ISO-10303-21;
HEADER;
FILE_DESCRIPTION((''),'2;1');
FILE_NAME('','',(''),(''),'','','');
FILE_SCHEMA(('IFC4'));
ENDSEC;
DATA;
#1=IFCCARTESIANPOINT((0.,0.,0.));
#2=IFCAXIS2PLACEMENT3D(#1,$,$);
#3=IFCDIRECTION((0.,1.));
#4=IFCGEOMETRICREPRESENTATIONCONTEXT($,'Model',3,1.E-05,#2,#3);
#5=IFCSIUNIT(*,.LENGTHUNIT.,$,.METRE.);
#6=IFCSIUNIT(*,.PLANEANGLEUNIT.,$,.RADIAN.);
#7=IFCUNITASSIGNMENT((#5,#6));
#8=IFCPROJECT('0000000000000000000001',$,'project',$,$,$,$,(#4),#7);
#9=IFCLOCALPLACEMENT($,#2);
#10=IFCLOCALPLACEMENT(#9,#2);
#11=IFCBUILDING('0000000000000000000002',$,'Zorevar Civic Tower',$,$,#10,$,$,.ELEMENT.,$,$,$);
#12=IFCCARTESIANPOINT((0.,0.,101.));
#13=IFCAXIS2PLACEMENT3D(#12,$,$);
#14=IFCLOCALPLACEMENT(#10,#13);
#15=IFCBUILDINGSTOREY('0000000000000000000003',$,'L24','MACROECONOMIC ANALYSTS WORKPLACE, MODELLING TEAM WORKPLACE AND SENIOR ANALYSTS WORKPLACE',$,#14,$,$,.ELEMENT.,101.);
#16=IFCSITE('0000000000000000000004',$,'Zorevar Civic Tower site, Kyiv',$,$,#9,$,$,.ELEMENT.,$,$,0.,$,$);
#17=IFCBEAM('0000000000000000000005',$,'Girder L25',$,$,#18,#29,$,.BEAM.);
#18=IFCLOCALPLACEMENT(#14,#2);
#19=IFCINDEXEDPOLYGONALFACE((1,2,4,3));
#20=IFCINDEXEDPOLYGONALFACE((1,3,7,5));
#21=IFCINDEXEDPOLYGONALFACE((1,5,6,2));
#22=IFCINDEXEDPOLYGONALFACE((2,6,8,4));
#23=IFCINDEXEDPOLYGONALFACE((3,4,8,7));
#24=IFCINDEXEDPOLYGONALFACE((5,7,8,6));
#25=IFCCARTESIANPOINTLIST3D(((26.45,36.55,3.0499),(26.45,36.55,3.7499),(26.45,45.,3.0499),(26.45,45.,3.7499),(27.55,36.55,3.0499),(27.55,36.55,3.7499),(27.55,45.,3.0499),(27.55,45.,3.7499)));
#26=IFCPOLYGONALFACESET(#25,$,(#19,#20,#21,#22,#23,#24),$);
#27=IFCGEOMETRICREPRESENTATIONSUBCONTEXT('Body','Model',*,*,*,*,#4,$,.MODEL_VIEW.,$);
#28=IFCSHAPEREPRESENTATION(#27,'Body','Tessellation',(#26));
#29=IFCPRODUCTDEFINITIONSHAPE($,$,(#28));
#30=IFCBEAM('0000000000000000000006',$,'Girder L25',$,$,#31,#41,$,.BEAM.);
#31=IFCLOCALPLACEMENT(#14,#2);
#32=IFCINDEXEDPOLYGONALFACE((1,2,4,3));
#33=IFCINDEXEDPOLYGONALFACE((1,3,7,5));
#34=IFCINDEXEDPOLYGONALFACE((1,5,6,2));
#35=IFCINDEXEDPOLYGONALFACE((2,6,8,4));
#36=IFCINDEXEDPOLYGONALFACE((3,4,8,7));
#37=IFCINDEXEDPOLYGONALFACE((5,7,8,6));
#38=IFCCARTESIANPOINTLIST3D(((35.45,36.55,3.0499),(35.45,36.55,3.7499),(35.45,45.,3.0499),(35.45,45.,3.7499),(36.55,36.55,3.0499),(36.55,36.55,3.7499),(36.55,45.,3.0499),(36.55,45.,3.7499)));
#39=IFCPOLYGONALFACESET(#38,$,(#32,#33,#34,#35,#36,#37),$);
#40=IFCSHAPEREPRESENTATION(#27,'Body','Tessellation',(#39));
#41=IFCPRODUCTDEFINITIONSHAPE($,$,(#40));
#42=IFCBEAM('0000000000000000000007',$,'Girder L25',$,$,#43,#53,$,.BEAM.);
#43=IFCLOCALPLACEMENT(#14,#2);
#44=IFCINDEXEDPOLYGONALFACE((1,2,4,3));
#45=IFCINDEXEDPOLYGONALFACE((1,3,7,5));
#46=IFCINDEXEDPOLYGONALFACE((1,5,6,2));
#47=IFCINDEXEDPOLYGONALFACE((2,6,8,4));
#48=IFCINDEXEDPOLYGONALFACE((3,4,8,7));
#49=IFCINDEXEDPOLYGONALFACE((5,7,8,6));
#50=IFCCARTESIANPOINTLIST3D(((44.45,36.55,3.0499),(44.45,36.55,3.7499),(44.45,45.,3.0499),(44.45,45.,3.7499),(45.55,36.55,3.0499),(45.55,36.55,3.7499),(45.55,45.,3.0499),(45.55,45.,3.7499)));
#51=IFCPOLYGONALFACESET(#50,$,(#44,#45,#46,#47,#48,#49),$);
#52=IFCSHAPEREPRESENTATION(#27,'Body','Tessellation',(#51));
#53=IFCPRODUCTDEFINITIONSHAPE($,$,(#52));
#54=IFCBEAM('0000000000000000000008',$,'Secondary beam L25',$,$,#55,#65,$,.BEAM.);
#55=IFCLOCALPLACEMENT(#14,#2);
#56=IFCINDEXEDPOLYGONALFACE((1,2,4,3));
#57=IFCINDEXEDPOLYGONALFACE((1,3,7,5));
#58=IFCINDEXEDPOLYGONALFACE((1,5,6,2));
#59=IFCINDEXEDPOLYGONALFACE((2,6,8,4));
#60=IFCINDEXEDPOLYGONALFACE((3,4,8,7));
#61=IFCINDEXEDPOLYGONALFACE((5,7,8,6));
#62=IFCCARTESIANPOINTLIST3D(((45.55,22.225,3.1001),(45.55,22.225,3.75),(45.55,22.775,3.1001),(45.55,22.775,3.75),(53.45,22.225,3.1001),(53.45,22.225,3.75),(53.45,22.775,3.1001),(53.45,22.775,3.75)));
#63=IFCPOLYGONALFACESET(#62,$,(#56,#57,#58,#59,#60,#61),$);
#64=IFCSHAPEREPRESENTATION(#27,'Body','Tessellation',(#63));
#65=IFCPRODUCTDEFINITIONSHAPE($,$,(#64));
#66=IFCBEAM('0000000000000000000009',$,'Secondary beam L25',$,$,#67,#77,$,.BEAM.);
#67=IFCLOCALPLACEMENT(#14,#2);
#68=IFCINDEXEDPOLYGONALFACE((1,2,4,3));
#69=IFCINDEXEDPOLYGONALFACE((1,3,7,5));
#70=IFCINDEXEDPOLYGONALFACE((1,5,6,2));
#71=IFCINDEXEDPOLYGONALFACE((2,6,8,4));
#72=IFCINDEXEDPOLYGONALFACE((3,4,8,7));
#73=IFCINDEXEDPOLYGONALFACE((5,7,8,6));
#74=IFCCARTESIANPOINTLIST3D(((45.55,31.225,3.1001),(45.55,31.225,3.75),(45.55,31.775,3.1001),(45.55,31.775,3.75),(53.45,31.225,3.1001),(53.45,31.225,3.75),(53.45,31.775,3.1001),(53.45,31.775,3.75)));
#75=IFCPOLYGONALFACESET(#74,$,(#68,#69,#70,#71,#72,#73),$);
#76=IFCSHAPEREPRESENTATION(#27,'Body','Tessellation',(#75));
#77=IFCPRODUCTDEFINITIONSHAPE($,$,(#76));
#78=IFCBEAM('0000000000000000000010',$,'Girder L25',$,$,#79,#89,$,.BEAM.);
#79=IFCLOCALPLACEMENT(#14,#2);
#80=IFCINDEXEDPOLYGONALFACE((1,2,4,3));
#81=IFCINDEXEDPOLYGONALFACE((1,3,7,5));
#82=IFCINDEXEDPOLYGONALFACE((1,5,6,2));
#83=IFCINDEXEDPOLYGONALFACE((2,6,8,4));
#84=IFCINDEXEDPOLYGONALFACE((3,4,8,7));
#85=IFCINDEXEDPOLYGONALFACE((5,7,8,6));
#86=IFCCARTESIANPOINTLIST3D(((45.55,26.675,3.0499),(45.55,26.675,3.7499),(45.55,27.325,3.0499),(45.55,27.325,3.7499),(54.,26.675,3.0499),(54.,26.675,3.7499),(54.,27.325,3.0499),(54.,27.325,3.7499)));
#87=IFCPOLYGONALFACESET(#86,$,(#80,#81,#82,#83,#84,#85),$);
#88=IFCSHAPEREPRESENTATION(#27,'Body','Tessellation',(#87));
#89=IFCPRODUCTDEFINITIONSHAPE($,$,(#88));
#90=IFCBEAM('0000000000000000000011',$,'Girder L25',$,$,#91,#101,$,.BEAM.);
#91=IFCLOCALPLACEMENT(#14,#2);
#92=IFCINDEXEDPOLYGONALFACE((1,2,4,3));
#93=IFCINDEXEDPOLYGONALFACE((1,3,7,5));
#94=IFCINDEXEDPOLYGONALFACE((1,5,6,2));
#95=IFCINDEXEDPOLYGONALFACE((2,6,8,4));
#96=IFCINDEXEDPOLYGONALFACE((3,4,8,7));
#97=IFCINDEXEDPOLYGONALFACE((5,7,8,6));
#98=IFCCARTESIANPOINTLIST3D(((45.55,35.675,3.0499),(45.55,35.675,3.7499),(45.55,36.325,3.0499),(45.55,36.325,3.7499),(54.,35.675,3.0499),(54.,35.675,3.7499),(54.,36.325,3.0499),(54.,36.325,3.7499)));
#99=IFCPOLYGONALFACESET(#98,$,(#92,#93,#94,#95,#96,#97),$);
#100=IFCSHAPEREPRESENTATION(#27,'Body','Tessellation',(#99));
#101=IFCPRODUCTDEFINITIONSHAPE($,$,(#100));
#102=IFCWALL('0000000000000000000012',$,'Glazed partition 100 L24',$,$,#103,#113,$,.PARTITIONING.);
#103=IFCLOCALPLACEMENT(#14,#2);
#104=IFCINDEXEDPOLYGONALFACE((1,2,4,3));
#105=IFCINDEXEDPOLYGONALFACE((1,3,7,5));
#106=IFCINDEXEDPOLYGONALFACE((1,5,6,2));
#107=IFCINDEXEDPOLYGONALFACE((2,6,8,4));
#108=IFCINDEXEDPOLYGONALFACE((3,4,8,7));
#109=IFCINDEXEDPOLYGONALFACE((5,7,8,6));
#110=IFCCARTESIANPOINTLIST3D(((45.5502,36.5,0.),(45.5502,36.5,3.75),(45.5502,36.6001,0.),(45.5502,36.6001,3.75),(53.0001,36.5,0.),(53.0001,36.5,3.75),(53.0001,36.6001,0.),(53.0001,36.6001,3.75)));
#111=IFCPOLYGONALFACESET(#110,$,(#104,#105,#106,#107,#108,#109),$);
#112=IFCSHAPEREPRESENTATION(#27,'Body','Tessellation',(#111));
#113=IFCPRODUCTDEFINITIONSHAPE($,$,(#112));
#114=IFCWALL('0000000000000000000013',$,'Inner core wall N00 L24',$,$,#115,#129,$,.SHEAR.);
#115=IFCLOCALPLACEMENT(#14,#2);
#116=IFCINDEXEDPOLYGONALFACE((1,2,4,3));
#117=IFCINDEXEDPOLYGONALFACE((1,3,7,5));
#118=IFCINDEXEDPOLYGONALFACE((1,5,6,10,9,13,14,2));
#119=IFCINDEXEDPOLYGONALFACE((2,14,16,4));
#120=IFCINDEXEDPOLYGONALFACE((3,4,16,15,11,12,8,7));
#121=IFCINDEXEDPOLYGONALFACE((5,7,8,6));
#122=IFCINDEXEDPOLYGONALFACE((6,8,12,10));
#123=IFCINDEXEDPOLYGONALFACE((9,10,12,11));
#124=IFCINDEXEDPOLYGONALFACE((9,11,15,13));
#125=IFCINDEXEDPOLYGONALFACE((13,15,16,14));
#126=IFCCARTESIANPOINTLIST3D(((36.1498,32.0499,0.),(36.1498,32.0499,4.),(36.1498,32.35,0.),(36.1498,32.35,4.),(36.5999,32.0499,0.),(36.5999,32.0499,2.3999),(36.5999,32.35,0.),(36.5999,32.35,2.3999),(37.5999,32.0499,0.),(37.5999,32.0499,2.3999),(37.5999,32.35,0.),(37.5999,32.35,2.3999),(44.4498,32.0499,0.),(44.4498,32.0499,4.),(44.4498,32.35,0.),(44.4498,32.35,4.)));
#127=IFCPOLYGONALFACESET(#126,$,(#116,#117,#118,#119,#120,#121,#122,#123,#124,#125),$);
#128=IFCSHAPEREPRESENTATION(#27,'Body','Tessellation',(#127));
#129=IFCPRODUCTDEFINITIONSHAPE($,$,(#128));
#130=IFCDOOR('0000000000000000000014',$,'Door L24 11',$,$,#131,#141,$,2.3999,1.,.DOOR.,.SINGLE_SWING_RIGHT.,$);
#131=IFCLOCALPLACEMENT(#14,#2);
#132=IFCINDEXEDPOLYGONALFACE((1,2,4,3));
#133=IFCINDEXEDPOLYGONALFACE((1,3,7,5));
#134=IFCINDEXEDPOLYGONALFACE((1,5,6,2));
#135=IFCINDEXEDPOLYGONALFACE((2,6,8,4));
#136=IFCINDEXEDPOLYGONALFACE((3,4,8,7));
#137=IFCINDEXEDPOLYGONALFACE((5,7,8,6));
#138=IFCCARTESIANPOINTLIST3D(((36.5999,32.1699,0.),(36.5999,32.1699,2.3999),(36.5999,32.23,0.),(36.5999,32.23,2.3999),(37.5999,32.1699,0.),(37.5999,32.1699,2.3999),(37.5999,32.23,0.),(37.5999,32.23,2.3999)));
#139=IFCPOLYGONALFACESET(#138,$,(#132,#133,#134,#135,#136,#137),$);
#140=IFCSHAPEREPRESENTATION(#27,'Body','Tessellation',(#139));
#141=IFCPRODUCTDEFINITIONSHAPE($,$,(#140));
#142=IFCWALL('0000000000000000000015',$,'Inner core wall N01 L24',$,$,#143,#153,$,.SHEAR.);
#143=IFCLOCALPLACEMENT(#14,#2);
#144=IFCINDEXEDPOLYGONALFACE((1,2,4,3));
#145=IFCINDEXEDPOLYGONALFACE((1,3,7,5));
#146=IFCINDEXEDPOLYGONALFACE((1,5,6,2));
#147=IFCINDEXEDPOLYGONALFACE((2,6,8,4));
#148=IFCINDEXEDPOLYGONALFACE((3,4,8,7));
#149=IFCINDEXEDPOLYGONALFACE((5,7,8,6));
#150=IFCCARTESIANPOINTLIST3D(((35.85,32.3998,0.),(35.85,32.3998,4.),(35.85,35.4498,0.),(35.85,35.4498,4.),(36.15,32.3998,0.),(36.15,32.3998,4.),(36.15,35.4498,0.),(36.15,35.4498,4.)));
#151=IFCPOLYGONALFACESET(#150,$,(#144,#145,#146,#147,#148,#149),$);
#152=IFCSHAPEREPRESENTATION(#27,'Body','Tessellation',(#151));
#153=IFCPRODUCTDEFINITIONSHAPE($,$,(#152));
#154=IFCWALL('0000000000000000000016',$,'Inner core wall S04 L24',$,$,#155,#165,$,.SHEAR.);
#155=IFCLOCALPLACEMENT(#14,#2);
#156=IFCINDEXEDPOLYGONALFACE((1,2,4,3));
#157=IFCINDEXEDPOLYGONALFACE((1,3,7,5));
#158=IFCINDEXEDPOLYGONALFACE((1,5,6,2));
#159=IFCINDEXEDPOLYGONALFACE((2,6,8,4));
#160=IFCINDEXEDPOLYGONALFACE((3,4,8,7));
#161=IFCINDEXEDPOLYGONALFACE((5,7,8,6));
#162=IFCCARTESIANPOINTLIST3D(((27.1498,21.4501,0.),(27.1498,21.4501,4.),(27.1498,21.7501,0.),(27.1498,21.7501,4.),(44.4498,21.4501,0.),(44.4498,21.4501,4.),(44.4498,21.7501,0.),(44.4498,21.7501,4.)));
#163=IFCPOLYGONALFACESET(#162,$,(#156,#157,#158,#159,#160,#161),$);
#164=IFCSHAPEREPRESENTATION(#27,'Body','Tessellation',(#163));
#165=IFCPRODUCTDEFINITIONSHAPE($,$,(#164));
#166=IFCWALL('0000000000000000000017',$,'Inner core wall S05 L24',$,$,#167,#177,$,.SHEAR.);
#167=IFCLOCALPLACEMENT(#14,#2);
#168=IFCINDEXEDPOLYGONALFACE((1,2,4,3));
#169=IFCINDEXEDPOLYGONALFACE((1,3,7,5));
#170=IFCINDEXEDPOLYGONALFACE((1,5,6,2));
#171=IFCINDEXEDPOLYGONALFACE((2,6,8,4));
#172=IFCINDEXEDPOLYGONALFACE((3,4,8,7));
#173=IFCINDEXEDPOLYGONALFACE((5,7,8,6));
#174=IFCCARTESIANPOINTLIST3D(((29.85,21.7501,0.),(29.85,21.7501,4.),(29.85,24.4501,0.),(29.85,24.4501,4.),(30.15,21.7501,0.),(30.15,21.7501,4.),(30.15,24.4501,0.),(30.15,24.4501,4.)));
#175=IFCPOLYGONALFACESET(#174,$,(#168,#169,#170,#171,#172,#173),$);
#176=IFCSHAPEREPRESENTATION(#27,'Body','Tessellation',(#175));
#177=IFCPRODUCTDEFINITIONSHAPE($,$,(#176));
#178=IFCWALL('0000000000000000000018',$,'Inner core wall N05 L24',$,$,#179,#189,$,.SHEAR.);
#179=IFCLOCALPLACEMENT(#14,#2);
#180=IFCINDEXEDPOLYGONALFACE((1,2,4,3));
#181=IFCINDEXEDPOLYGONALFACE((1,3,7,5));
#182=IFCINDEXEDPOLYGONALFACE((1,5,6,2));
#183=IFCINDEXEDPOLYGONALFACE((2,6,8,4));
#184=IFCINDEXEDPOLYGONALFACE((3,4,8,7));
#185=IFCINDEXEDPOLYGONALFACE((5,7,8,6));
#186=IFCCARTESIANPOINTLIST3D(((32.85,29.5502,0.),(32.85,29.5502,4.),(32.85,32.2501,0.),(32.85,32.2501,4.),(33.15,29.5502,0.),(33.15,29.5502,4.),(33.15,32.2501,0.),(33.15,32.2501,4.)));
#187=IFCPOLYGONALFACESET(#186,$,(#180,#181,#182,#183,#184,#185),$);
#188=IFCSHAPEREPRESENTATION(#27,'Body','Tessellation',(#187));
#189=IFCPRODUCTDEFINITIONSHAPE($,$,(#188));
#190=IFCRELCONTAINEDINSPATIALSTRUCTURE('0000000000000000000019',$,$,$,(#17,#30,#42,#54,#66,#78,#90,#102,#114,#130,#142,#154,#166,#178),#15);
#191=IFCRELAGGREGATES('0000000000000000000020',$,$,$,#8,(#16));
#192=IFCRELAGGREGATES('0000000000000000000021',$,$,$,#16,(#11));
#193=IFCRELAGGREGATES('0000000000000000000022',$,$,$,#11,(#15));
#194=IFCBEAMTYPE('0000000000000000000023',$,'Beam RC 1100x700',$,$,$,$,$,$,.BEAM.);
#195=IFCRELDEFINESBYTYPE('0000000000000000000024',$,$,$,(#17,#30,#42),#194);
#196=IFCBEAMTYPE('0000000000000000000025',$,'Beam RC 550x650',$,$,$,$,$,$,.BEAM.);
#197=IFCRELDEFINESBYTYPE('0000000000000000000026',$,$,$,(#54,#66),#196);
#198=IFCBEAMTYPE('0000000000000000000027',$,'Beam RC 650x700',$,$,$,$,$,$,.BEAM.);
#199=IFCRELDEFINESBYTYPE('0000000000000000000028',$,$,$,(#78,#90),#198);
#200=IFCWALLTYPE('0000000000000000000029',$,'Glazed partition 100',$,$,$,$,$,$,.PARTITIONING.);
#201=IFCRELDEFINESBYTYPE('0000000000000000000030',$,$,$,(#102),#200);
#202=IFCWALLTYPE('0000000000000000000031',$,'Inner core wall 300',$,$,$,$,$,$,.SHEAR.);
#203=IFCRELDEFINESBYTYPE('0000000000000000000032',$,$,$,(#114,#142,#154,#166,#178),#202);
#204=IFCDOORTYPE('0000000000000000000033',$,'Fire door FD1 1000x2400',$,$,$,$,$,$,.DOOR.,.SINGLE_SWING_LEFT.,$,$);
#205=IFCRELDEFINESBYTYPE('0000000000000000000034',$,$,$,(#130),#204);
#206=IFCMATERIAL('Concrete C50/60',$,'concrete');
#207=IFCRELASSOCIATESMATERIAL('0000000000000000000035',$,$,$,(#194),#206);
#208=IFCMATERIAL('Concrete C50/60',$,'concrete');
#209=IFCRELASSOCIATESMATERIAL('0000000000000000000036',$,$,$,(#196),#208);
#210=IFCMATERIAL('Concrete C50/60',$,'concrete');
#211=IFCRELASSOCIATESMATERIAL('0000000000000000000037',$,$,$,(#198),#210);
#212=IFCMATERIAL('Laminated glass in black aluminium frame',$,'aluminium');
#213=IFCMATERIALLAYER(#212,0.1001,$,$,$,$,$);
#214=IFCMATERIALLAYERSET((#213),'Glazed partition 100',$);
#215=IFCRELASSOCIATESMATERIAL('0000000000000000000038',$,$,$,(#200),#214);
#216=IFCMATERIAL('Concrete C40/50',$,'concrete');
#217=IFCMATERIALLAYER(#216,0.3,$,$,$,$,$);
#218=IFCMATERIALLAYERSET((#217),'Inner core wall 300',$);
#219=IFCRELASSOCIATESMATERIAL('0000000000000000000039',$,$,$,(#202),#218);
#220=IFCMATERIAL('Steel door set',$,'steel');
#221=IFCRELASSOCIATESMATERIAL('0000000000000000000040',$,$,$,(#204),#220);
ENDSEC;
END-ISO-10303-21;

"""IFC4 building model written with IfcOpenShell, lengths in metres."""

from ifc_helpers import new_model, si_unit, direction, frame, frame_2d, origin, origin_2d, place, context, subcontext, project, spatial, rectangle, extrude, material, layer, layer_set, material_profile, profile_set, type_object, element, fill, save


model = new_model("IFC4")

# Units and contexts
model_context = context("Model", 3, precision=1e-05, world=origin(), true_north=direction((0.0, 1.0)))
body_context = subcontext(model_context, "Body", "Model", "MODEL_VIEW")
ifc_project = project(units=[si_unit("LENGTHUNIT", "METRE"), si_unit("PLANEANGLEUNIT", "RADIAN")], contexts=[model_context])

# Site, building, storey
site_placement = place(None, origin())
site = spatial("IfcSite", under=ifc_project, at=site_placement, Name="Zorevar Civic Tower site, Kyiv", CompositionType="ELEMENT", RefElevation=0.0)
building_placement = place(site_placement, origin())
building = spatial("IfcBuilding", under=site, at=building_placement, Name="Zorevar Civic Tower", CompositionType="ELEMENT")
storey_placement = place(building_placement, frame((0.0, 0.0, 101.0)))
storey = spatial("IfcBuildingStorey", under=building, at=storey_placement, Name="L24", Description="MACROECONOMIC ANALYSTS WORKPLACE, MODELLING TEAM WORKPLACE AND SENIOR ANALYSTS WORKPLACE", CompositionType="ELEMENT", Elevation=101.0)

# Beams
ifc_material_1 = material(Name="Concrete C50/60", Category="concrete")
ifc_material_profile_1 = material_profile(ifc_material_1, rectangle(XDim=1.1001, YDim=0.7, at=origin_2d()), Name="RC 1100x700")
ifc_profile_set_1 = profile_set([ifc_material_profile_1], Name="Concrete C50/60")
beam_type_1 = type_object("IfcBeamType", Name="Beam RC 1100x700", PredefinedType="BEAM", material=ifc_profile_set_1)
for number, where, z_axis, x_axis, name in (
    (1, (27.0, 36.55, 3.3999), (0.0, 1.0, 0.0), (-1.0, 0.0, 0.0), "Girder L25"),
    (2, (36.0, 36.55, 3.3999), (0.0, 1.0, 0.0), (-1.0, 0.0, 0.0), "Girder L25"),
    (3, (45.0, 36.55, 3.3999), (0.0, 1.0, 0.0), (-1.0, 0.0, 0.0), "Girder L25"),
):
    element("IfcBeam", number, at=place(storey_placement, frame(where, z_axis=z_axis, x_axis=x_axis)), inside=storey, type_object=beam_type_1, Name=name, PredefinedType="BEAM", context=body_context, shape_type="SweptSolid", body=[
        extrude(rectangle(XDim=1.1001, YDim=0.7, at=origin_2d()), origin(), (0.0, 0.0, 1.0), 8.45),
    ])
ifc_material_2 = material(Name="Concrete C50/60", Category="concrete")
ifc_material_profile_2 = material_profile(ifc_material_2, rectangle(XDim=0.55, YDim=0.6499, at=origin_2d()), Name="RC 550x650")
ifc_profile_set_2 = profile_set([ifc_material_profile_2], Name="Concrete C50/60")
beam_type_2 = type_object("IfcBeamType", Name="Beam RC 550x650", PredefinedType="BEAM", material=ifc_profile_set_2)
for number, where, z_axis, x_axis, name in (
    (4, (45.55, 22.5, 3.425), (1.0, 0.0, 0.0), (0.0, 1.0, 0.0), "Secondary beam L25"),
    (5, (45.55, 31.5, 3.425), (1.0, 0.0, 0.0), (0.0, 1.0, 0.0), "Secondary beam L25"),
):
    element("IfcBeam", number, at=place(storey_placement, frame(where, z_axis=z_axis, x_axis=x_axis)), inside=storey, type_object=beam_type_2, Name=name, PredefinedType="BEAM", context=body_context, shape_type="SweptSolid", body=[
        extrude(rectangle(XDim=0.55, YDim=0.6499, at=origin_2d()), origin(), (0.0, 0.0, 1.0), 7.8999),
    ])
ifc_material_3 = material(Name="Concrete C50/60", Category="concrete")
ifc_material_profile_3 = material_profile(ifc_material_3, rectangle(XDim=0.6499, YDim=0.7, at=origin_2d()), Name="RC 650x700")
ifc_profile_set_3 = profile_set([ifc_material_profile_3], Name="Concrete C50/60")
beam_type_3 = type_object("IfcBeamType", Name="Beam RC 650x700", PredefinedType="BEAM", material=ifc_profile_set_3)
for number, where, z_axis, x_axis, name in (
    (6, (45.55, 27.0, 3.3999), (1.0, 0.0, 0.0), (0.0, 1.0, 0.0), "Girder L25"),
    (7, (45.55, 36.0, 3.3999), (1.0, 0.0, 0.0), (0.0, 1.0, 0.0), "Girder L25"),
):
    element("IfcBeam", number, at=place(storey_placement, frame(where, z_axis=z_axis, x_axis=x_axis)), inside=storey, type_object=beam_type_3, Name=name, PredefinedType="BEAM", context=body_context, shape_type="SweptSolid", body=[
        extrude(rectangle(XDim=0.6499, YDim=0.7, at=origin_2d()), origin(), (0.0, 0.0, 1.0), 8.45),
    ])

# Wall
ifc_material_4 = material(Name="Laminated glass in black aluminium frame", Category="aluminium")
ifc_layer_1 = layer(ifc_material_4, 0.1001)
ifc_layer_set_1 = layer_set([ifc_layer_1], Name="Glazed partition 100")
wall_type_1 = type_object("IfcWallType", Name="Glazed partition 100", PredefinedType="PARTITIONING", material=ifc_layer_set_1)
wall_1_placement = place(storey_placement, frame((45.55, 36.55, 0.0), z_axis=(0.0, 0.0, 1.0), x_axis=(1.0, 0.0, 0.0)))
element("IfcWall", 8, at=wall_1_placement, inside=storey, type_object=wall_type_1, Name="Glazed partition 100 L24", PredefinedType="PARTITIONING", context=body_context, shape_type="SweptSolid", body=[
    extrude(rectangle(XDim=7.45, YDim=0.1001, at=frame_2d((3.7251, 0.0))), origin(), (0.0, 0.0, 1.0), 3.75),
])

# Wall, opening, door
ifc_material_5 = material(Name="Concrete C40/50", Category="concrete")
ifc_layer_2 = layer(ifc_material_5, 0.3)
ifc_layer_set_2 = layer_set([ifc_layer_2], Name="Inner core wall 300")
wall_type_2 = type_object("IfcWallType", Name="Inner core wall 300", PredefinedType="SHEAR", material=ifc_layer_set_2)
wall_2_placement = place(storey_placement, frame((36.1499, 32.2, 0.0), z_axis=(0.0, 0.0, 1.0), x_axis=(1.0, 0.0, 0.0)))
wall_2 = element("IfcWall", 9, at=wall_2_placement, inside=storey, type_object=wall_type_2, Name="Inner core wall N00 L24", PredefinedType="SHEAR", context=body_context, shape_type="SweptSolid", body=[
    extrude(rectangle(XDim=8.3, YDim=0.3, at=frame_2d((4.1499, 0.0))), origin(), (0.0, 0.0, 1.0), 4.0),
])
opening_1_placement = place(wall_2_placement, frame((0.45, 0.0, 0.0)))
opening_1 = element("IfcOpeningElement", 10, at=opening_1_placement, cuts=wall_2, PredefinedType="OPENING", context=body_context, shape_type="SweptSolid", body=[
    extrude(rectangle(XDim=1.0, YDim=2.3999, at=frame_2d((0.5, 1.2))), frame((0.0, 0.1599, 0.0), z_axis=(0.0, -1.0, 0.0), x_axis=(1.0, 0.0, 0.0)), (0.0, 0.0, 1.0), 0.3201),
])
ifc_material_6 = material(Name="Steel door set", Category="steel")
door_type_1 = type_object("IfcDoorType", Name="Fire door FD1 1000x2400", OperationType="SINGLE_SWING_LEFT", PredefinedType="DOOR", material=ifc_material_6)
door_1_placement = place(opening_1_placement, origin())
door_1 = element("IfcDoor", 11, at=door_1_placement, inside=storey, type_object=door_type_1, Name="Door L24 11", OperationType="SINGLE_SWING_RIGHT", OverallHeight=2.3999, OverallWidth=1.0, PredefinedType="DOOR", context=body_context, shape_type="SweptSolid", body=[
    extrude(rectangle(XDim=1.0, YDim=2.3999, at=frame_2d((0.5, 1.2))), frame((0.0, 0.03, 0.0), z_axis=(0.0, -1.0, 0.0), x_axis=(1.0, 0.0, 0.0)), (0.0, 0.0, 1.0), 0.0601),
])
fill(opening_1, door_1)

# Wall
wall_3_placement = place(storey_placement, frame((36.0, 32.3999, 0.0), z_axis=(0.0, 0.0, 1.0), x_axis=(0.0, 1.0, 0.0)))
element("IfcWall", 12, at=wall_3_placement, inside=storey, type_object=wall_type_2, Name="Inner core wall N01 L24", PredefinedType="SHEAR", context=body_context, shape_type="SweptSolid", body=[
    extrude(rectangle(XDim=3.05, YDim=0.3, at=frame_2d((1.5249, 0.0))), origin(), (0.0, 0.0, 1.0), 4.0),
])

# Walls
wall_4_placement = place(storey_placement, frame((27.1499, 21.6001, 0.0), z_axis=(0.0, 0.0, 1.0), x_axis=(1.0, 0.0, 0.0)))
element("IfcWall", 13, at=wall_4_placement, inside=storey, type_object=wall_type_2, Name="Inner core wall S04 L24", PredefinedType="SHEAR", context=body_context, shape_type="SweptSolid", body=[
    extrude(rectangle(XDim=17.3, YDim=0.3, at=frame_2d((8.6499, 0.0))), origin(), (0.0, 0.0, 1.0), 4.0),
])
for number, where, z_axis, x_axis, name in (
    (14, (30.0, 21.75, 0.0), (0.0, 0.0, 1.0), (0.0, 1.0, 0.0), "Inner core wall S05 L24"),
    (15, (33.0, 29.55, 0.0), (0.0, 0.0, 1.0), (0.0, 1.0, 0.0), "Inner core wall N05 L24"),
):
    element("IfcWall", number, at=place(storey_placement, frame(where, z_axis=z_axis, x_axis=x_axis)), inside=storey, type_object=wall_type_2, Name=name, PredefinedType="SHEAR", context=body_context, shape_type="SweptSolid", body=[
        extrude(rectangle(XDim=2.7, YDim=0.3, at=frame_2d((1.3501, 0.0))), origin(), (0.0, 0.0, 1.0), 4.0),
    ])

save(model, "model.ifc")
